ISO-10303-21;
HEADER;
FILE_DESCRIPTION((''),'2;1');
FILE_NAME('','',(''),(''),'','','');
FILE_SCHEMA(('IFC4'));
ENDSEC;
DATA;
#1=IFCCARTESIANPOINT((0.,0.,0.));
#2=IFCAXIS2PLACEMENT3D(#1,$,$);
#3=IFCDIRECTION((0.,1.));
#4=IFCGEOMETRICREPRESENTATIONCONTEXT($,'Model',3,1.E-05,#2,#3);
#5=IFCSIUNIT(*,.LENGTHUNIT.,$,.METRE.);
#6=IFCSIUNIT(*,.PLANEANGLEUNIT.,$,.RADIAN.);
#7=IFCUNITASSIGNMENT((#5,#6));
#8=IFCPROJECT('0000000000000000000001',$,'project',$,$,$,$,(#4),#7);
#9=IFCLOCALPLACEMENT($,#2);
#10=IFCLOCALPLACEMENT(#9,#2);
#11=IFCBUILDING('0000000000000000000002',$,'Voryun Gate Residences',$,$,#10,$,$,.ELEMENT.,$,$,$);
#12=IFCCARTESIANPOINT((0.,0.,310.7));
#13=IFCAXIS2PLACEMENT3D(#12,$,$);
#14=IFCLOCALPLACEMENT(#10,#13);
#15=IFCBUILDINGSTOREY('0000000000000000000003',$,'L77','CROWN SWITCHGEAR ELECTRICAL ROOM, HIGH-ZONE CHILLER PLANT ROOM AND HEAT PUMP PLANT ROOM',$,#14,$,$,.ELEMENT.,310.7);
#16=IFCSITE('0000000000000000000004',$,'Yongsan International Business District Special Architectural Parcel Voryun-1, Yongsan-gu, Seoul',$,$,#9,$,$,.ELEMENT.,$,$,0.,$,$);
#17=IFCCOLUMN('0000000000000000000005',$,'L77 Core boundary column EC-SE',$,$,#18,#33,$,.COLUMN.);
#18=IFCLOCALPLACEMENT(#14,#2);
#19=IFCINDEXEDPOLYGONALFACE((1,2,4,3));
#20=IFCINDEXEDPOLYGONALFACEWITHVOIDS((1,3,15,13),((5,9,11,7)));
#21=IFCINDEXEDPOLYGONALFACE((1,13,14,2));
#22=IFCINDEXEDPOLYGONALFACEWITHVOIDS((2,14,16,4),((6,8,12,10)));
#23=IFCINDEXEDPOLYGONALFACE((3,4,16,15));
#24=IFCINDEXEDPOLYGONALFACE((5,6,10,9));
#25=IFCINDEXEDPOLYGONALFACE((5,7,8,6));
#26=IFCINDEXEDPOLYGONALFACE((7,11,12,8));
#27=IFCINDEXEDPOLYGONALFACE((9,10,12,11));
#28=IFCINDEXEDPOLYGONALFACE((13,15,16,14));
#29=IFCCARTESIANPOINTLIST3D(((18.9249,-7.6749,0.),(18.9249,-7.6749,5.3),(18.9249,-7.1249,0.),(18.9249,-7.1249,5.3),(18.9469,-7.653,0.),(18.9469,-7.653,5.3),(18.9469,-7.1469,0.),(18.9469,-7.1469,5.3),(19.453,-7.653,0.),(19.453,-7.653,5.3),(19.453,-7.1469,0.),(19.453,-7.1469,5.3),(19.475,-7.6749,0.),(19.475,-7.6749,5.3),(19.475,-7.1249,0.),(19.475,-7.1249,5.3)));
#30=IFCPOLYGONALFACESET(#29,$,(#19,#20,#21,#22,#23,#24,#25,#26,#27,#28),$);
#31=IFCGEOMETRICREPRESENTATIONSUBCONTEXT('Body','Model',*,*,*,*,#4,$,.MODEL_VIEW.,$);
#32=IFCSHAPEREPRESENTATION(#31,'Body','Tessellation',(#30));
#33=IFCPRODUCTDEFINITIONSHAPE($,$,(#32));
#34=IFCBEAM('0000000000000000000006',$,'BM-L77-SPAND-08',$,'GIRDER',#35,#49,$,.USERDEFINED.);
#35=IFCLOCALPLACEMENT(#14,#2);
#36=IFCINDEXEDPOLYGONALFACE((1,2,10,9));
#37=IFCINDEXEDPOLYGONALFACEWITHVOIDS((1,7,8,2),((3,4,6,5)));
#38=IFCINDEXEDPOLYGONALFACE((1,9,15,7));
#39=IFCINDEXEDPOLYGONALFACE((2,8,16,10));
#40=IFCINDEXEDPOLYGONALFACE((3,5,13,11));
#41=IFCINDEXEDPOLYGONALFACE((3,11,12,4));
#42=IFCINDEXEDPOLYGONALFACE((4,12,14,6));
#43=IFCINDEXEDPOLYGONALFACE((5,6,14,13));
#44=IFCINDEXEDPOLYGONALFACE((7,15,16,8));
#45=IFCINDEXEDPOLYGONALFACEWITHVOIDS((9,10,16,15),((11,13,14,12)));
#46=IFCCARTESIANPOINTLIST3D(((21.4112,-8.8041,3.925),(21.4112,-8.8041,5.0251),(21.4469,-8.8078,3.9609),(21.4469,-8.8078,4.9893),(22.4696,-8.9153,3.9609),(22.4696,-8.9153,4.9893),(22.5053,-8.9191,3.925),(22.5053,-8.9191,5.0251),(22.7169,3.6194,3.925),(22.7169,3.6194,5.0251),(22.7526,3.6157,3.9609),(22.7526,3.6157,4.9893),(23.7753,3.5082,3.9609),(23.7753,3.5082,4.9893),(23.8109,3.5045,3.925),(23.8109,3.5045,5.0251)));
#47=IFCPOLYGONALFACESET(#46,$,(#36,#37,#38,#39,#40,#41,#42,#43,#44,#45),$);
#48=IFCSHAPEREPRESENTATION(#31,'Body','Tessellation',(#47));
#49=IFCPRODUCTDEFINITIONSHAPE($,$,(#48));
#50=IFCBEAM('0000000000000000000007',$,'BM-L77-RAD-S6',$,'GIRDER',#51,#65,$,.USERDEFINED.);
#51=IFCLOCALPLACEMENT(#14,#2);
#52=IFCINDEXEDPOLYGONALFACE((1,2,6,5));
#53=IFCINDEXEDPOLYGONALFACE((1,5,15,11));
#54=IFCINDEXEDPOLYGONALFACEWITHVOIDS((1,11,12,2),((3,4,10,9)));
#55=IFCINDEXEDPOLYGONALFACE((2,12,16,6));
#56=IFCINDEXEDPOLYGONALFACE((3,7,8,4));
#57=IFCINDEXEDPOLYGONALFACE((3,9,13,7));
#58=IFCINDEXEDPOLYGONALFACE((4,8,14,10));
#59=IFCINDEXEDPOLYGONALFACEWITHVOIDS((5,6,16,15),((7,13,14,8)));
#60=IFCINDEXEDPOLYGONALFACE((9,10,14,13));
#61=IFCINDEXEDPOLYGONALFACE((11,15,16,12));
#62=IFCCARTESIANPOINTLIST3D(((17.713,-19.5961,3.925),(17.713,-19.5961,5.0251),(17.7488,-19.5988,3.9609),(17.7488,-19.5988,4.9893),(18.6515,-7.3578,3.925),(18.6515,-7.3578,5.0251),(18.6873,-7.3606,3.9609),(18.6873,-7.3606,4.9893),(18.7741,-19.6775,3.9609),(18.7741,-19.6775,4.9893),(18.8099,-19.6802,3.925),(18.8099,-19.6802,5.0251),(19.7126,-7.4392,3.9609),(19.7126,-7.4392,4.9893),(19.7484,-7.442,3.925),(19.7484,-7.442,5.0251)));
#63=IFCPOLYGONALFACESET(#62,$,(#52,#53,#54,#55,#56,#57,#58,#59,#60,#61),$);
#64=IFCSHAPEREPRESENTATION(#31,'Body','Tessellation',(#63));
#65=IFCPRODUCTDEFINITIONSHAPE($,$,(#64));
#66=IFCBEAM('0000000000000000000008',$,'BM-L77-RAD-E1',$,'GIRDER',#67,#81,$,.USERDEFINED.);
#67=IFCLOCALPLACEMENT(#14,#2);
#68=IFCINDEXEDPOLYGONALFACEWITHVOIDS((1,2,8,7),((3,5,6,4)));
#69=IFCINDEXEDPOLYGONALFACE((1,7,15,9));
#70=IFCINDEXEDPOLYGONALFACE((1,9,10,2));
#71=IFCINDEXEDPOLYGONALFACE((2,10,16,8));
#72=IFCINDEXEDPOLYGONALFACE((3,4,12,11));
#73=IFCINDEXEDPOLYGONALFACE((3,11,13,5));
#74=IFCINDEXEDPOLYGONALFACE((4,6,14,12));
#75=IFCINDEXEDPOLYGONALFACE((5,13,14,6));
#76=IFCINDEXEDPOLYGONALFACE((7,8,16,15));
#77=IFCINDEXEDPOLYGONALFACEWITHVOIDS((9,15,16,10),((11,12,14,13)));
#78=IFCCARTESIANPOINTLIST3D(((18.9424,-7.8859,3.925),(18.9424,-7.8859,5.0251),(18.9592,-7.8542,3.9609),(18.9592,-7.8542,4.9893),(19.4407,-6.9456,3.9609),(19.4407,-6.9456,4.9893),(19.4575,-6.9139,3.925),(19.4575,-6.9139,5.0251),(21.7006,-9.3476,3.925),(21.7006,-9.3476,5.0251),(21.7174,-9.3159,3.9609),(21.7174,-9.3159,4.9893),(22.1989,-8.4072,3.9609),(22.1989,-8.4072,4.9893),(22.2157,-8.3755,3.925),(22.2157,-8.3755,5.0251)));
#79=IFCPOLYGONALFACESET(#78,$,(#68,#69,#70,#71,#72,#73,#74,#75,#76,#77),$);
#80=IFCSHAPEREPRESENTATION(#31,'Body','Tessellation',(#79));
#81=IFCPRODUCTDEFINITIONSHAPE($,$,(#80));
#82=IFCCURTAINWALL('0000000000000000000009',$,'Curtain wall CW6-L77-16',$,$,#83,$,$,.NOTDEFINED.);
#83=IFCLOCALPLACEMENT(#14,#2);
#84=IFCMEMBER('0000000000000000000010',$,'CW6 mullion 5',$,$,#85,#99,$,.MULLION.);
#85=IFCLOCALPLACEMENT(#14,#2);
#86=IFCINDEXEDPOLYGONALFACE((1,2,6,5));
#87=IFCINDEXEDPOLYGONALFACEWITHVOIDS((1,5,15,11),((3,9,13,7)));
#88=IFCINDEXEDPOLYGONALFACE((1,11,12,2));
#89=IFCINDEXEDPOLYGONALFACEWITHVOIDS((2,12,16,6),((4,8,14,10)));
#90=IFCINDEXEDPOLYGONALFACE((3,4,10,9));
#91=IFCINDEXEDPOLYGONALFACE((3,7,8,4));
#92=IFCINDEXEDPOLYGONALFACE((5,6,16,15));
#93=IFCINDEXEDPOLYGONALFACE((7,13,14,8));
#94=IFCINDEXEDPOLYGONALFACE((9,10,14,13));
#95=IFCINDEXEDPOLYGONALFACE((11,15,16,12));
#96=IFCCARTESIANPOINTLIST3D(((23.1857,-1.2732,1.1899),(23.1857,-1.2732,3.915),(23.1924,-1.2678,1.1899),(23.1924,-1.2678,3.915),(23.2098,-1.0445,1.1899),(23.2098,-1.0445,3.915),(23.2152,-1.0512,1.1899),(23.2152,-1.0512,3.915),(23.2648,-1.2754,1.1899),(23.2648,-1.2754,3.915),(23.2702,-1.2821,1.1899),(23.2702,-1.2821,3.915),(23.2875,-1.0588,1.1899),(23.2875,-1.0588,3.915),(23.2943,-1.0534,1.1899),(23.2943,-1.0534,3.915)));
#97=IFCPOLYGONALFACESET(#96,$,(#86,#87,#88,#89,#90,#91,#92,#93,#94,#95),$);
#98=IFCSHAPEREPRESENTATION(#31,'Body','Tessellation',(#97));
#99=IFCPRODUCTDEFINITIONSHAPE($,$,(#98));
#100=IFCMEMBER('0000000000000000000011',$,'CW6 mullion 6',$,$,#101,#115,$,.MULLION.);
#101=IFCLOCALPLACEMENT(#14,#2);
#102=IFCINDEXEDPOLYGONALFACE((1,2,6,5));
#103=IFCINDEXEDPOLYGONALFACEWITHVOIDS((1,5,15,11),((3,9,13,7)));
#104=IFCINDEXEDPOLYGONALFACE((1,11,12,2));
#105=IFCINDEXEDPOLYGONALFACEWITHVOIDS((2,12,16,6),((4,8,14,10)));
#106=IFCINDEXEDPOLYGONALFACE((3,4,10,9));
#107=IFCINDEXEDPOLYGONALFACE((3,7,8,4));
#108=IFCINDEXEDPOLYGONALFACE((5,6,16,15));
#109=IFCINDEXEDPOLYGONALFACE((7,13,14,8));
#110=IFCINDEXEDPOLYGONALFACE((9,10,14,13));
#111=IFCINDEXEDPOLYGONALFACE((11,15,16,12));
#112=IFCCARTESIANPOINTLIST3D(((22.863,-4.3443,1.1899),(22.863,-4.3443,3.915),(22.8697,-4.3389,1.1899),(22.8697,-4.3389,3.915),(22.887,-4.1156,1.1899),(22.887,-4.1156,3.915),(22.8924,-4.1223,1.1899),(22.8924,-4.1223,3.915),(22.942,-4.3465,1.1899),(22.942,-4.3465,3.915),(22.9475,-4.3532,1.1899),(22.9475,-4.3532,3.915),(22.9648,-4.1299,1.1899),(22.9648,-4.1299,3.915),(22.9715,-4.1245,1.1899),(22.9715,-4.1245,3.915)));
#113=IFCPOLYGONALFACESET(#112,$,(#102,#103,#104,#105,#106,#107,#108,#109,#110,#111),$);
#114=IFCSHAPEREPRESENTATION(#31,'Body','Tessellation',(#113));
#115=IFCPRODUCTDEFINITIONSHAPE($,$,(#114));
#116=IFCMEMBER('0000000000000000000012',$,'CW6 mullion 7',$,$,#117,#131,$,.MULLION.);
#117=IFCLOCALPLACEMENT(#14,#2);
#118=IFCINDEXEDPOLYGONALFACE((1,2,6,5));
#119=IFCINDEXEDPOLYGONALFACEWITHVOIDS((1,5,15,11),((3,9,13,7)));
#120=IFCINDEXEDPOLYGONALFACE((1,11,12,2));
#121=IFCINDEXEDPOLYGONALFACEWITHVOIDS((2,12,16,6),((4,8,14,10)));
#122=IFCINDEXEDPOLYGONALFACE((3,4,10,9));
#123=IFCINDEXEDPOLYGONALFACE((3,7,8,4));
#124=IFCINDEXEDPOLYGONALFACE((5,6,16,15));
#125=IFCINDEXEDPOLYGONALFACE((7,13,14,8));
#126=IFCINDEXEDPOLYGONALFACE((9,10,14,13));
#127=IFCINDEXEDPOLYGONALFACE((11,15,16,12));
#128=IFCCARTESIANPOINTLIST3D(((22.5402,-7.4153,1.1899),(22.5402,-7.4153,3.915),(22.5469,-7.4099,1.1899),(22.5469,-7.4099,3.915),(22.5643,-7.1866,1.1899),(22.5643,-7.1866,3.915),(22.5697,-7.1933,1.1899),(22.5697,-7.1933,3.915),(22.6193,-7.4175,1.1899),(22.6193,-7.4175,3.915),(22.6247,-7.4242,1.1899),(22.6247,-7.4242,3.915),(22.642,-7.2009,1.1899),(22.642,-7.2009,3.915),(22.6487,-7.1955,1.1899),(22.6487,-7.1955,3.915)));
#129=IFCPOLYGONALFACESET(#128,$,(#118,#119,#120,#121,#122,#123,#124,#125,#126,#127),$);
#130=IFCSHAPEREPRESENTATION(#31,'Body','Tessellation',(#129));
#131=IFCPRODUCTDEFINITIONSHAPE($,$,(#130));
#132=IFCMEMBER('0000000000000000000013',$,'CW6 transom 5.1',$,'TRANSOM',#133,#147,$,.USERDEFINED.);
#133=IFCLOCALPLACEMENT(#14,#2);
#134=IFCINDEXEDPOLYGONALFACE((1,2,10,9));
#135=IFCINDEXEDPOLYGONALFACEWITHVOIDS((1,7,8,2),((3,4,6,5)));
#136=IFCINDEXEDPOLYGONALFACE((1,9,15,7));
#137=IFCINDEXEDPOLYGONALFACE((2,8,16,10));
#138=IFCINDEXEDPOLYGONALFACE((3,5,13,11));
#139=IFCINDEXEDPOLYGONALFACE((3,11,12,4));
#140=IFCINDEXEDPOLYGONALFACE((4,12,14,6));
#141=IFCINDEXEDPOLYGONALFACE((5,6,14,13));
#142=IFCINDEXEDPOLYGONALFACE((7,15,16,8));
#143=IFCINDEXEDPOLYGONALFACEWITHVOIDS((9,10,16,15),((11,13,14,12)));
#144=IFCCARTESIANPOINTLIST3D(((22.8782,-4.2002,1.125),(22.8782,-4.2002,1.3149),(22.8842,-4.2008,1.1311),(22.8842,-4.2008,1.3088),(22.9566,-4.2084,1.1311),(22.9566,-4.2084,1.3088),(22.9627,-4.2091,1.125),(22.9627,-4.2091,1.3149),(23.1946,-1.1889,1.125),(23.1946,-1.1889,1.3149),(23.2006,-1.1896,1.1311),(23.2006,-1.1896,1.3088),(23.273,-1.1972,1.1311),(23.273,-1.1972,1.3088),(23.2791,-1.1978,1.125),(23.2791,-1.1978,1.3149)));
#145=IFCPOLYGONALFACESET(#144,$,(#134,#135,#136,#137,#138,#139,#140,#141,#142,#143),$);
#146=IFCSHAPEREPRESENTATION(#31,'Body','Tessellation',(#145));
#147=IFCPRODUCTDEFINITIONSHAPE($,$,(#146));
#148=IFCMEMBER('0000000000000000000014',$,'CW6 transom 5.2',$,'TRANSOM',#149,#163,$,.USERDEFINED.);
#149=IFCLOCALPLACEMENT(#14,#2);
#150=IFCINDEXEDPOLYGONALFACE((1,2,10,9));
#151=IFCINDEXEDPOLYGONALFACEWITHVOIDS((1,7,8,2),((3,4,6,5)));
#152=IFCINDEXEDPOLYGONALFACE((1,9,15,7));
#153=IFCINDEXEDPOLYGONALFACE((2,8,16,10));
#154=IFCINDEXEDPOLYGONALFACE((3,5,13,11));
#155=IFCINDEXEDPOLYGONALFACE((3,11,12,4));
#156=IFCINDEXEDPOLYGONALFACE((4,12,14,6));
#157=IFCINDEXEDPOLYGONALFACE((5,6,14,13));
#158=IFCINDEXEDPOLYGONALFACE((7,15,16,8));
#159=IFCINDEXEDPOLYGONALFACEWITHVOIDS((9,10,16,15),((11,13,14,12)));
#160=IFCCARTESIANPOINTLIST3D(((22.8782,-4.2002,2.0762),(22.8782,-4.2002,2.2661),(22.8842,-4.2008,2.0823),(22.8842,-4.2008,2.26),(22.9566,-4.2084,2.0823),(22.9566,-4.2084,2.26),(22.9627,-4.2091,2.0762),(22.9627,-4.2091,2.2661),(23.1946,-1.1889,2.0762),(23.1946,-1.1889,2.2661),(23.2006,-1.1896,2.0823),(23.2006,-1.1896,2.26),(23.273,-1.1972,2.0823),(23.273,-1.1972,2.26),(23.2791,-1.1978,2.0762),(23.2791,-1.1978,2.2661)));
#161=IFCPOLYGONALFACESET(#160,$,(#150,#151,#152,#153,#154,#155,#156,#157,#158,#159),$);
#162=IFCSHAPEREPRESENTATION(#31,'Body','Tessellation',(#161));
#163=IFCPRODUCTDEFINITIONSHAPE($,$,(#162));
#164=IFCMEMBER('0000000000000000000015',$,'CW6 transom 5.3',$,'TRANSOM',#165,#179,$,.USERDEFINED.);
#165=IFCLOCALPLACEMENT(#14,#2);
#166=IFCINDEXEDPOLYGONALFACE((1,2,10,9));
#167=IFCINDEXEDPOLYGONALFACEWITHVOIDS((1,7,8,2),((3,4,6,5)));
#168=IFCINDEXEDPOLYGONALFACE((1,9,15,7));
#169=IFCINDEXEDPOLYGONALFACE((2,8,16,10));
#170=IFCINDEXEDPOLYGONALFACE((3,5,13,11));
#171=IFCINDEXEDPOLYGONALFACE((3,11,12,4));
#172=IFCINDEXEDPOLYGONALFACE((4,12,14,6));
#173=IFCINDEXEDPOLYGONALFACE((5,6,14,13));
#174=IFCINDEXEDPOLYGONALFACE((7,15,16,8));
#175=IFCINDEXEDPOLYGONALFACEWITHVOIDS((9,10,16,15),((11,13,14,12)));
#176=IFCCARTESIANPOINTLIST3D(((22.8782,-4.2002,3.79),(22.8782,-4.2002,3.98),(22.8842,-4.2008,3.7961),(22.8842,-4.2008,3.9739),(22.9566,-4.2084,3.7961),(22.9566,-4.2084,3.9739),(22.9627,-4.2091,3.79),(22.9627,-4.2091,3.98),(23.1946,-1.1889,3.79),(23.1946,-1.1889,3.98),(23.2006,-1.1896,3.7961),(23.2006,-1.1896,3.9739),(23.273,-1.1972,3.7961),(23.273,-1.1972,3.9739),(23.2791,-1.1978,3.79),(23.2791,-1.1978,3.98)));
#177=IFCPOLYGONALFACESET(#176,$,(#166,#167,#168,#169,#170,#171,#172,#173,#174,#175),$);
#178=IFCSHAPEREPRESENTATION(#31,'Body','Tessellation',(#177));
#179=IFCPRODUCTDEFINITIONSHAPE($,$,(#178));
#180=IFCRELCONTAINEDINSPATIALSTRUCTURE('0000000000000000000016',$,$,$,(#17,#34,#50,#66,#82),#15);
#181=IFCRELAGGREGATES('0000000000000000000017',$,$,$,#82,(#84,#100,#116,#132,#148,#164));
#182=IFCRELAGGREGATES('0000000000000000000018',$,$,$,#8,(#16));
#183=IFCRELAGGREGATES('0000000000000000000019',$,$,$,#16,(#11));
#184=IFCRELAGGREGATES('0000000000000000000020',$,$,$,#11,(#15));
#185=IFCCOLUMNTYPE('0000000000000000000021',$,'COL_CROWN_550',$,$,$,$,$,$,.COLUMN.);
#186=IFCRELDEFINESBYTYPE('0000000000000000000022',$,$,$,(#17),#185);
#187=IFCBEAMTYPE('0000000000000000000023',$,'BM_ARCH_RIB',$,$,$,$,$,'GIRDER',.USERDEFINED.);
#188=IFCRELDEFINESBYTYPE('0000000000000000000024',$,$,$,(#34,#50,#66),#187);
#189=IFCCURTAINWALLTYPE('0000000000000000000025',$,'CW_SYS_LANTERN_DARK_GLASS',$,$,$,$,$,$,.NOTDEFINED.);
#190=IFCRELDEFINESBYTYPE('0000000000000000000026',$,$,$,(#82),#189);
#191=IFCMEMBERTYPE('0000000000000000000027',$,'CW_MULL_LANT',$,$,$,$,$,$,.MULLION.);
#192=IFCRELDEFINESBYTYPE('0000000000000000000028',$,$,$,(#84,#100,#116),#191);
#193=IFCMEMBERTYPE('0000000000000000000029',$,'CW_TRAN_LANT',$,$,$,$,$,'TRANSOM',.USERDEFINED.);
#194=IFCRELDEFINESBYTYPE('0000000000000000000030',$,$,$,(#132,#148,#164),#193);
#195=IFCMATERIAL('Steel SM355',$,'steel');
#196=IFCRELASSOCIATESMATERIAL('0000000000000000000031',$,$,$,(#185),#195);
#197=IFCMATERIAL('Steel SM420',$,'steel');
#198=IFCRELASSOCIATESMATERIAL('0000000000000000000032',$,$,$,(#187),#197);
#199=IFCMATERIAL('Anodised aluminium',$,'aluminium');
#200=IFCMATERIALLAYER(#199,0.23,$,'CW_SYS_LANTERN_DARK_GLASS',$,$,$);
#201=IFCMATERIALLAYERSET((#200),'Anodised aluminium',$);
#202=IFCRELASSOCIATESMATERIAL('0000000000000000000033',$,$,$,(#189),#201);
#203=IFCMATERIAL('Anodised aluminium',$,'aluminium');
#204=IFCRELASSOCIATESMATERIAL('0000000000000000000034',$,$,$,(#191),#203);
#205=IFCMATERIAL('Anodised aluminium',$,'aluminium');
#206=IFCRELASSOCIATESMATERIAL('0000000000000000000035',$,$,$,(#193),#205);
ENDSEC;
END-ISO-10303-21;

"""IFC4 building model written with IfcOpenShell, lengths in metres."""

from ifc_helpers import new_model, si_unit, direction, frame, origin, origin_2d, place, context, subcontext, project, spatial, hollow_rectangle, extrude, material, layer, layer_set, material_profile, profile_set, type_object, element, aggregate, save


model = new_model("IFC4")

# Units and contexts
model_context = context("Model", 3, precision=1e-05, world=origin(), true_north=direction((0.0, 1.0)))
body_context = subcontext(model_context, "Body", "Model", "MODEL_VIEW")
ifc_project = project(units=[si_unit("LENGTHUNIT", "METRE"), si_unit("PLANEANGLEUNIT", "RADIAN")], contexts=[model_context])

# Site, building, storey
site_placement = place(None, origin())
site = spatial("IfcSite", under=ifc_project, at=site_placement, Name="Yongsan International Business District Special Architectural Parcel Voryun-1, Yongsan-gu, Seoul", CompositionType="ELEMENT", RefElevation=0.0)
building_placement = place(site_placement, origin())
building = spatial("IfcBuilding", under=site, at=building_placement, Name="Voryun Gate Residences", CompositionType="ELEMENT")
storey_placement = place(building_placement, frame((0.0, 0.0, 310.7)))
storey = spatial("IfcBuildingStorey", under=building, at=storey_placement, Name="L77", Description="CROWN SWITCHGEAR ELECTRICAL ROOM, HIGH-ZONE CHILLER PLANT ROOM AND HEAT PUMP PLANT ROOM", CompositionType="ELEMENT", Elevation=310.7)

# Column
ifc_material_1 = material(Name="Steel SM355", Category="steel")
ifc_material_profile_1 = material_profile(ifc_material_1, hollow_rectangle(XDim=0.55, YDim=0.55, WallThickness=0.022, at=origin_2d()), Name="BOX-550x550x22")
ifc_profile_set_1 = profile_set([ifc_material_profile_1], Name="Steel SM355")
column_type = type_object("IfcColumnType", Name="COL_CROWN_550", PredefinedType="COLUMN", material=ifc_profile_set_1)
column_placement = place(storey_placement, frame((19.2, -7.3999, 0.0), z_axis=(0.0, 0.0, 1.0), x_axis=(1.0, 0.0, 0.0)))
element("IfcColumn", 1, at=column_placement, inside=storey, type_object=column_type, Name="L77 Core boundary column EC-SE", PredefinedType="COLUMN", context=body_context, shape_type="SweptSolid", body=[
    extrude(hollow_rectangle(XDim=0.55, YDim=0.55, WallThickness=0.022, at=origin_2d()), origin(), (0.0, 0.0, 1.0), 5.3),
])

# Beams
ifc_material_2 = material(Name="Steel SM420", Category="steel")
ifc_material_profile_2 = material_profile(ifc_material_2, hollow_rectangle(XDim=1.1001, YDim=1.1001, WallThickness=0.0359, at=origin_2d()), Name="BOX-1100x1100x36")
ifc_profile_set_2 = profile_set([ifc_material_profile_2], Name="Steel SM420")
beam_type = type_object("IfcBeamType", Name="BM_ARCH_RIB", ElementType="GIRDER", PredefinedType="USERDEFINED", material=ifc_profile_set_2)
beam_1_placement = place(storey_placement, frame((21.9583, -8.8616, 4.4751), z_axis=(0.10452, 0.994523, 0.0), x_axis=(-0.994523, 0.10452, 0.0)))
element("IfcBeam", 2, at=beam_1_placement, inside=storey, type_object=beam_type, Name="BM-L77-SPAND-08", ObjectType="GIRDER", PredefinedType="USERDEFINED", context=body_context, shape_type="SweptSolid", body=[
    extrude(hollow_rectangle(XDim=1.1001, YDim=1.1001, WallThickness=0.0359, at=origin_2d()), origin(), (0.0, 0.0, 1.0), 12.4919),
])
beam_2_placement = place(storey_placement, frame((19.2, -7.3999, 4.4751), z_axis=(-0.076459, -0.997073, 0.0), x_axis=(0.997073, -0.076459, 0.0)))
element("IfcBeam", 3, at=beam_2_placement, inside=storey, type_object=beam_type, Name="BM-L77-RAD-S6", ObjectType="GIRDER", PredefinedType="USERDEFINED", context=body_context, shape_type="SweptSolid", body=[
    extrude(hollow_rectangle(XDim=1.1001, YDim=1.1001, WallThickness=0.0359, at=origin_2d()), origin(), (0.0, 0.0, 1.0), 12.2742),
])
beam_3_placement = place(storey_placement, frame((19.2, -7.3999, 4.4751), z_axis=(0.883603, -0.468236, 0.0), x_axis=(0.468236, 0.883603, 0.0)))
element("IfcBeam", 4, at=beam_3_placement, inside=storey, type_object=beam_type, Name="BM-L77-RAD-E1", ObjectType="GIRDER", PredefinedType="USERDEFINED", context=body_context, shape_type="SweptSolid", body=[
    extrude(hollow_rectangle(XDim=1.1001, YDim=1.1001, WallThickness=0.0359, at=origin_2d()), origin(), (0.0, 0.0, 1.0), 3.1216),
])

# Curtain wall, members
ifc_material_3 = material(Name="Anodised aluminium", Category="aluminium")
ifc_layer_1 = layer(ifc_material_3, 0.23, Name="CW_SYS_LANTERN_DARK_GLASS")
ifc_layer_set_1 = layer_set([ifc_layer_1], Name="Anodised aluminium")
curtain_wall_type = type_object("IfcCurtainWallType", Name="CW_SYS_LANTERN_DARK_GLASS", PredefinedType="NOTDEFINED", material=ifc_layer_set_1)
curtain_wall_placement = place(storey_placement, origin())
curtain_wall = element("IfcCurtainWall", 5, at=curtain_wall_placement, inside=storey, type_object=curtain_wall_type, Name="Curtain wall CW6-L77-16", PredefinedType="NOTDEFINED")
ifc_material_4 = material(Name="Anodised aluminium", Category="aluminium")
ifc_material_profile_3 = material_profile(ifc_material_4, hollow_rectangle(XDim=0.085, YDim=0.23, WallThickness=0.0061, at=origin_2d()), Name="ALU-MULL-230x85x6")
ifc_profile_set_3 = profile_set([ifc_material_profile_3], Name="Anodised aluminium")
member_type_1 = type_object("IfcMemberType", Name="CW_MULL_LANT", PredefinedType="MULLION", material=ifc_profile_set_3)
member_1_placement = place(storey_placement, frame((23.24, -1.1633, 1.1899), z_axis=(0.0, 0.0, 1.0), x_axis=(0.994522, -0.104528, 0.0)))
member_1 = element("IfcMember", 6, at=member_1_placement, type_object=member_type_1, Name="CW6 mullion 5", PredefinedType="MULLION", context=body_context, shape_type="SweptSolid", body=[
    extrude(hollow_rectangle(XDim=0.085, YDim=0.23, WallThickness=0.0061, at=origin_2d()), origin(), (0.0, 0.0, 1.0), 2.7251),
])
member_2_placement = place(storey_placement, frame((22.9172, -4.2344, 1.1899), z_axis=(0.0, 0.0, 1.0), x_axis=(0.994522, -0.104528, 0.0)))
member_2 = element("IfcMember", 7, at=member_2_placement, type_object=member_type_1, Name="CW6 mullion 6", PredefinedType="MULLION", context=body_context, shape_type="SweptSolid", body=[
    extrude(hollow_rectangle(XDim=0.085, YDim=0.23, WallThickness=0.0061, at=origin_2d()), origin(), (0.0, 0.0, 1.0), 2.7251),
])
member_3_placement = place(storey_placement, frame((22.5945, -7.3054, 1.1899), z_axis=(0.0, 0.0, 1.0), x_axis=(0.994522, -0.104528, 0.0)))
member_3 = element("IfcMember", 8, at=member_3_placement, type_object=member_type_1, Name="CW6 mullion 7", PredefinedType="MULLION", context=body_context, shape_type="SweptSolid", body=[
    extrude(hollow_rectangle(XDim=0.085, YDim=0.23, WallThickness=0.0061, at=origin_2d()), origin(), (0.0, 0.0, 1.0), 2.7251),
])
ifc_material_5 = material(Name="Anodised aluminium", Category="aluminium")
ifc_material_profile_4 = material_profile(ifc_material_5, hollow_rectangle(XDim=0.085, YDim=0.1899, WallThickness=0.0061, at=origin_2d()), Name="ALU-TRAN-190x85x6")
ifc_profile_set_4 = profile_set([ifc_material_profile_4], Name="Anodised aluminium")
member_type_2 = type_object("IfcMemberType", Name="CW_TRAN_LANT", ElementType="TRANSOM", PredefinedType="USERDEFINED", material=ifc_profile_set_4)
member_4_placement = place(storey_placement, frame((23.2368, -1.1934, 1.22), z_axis=(-0.1045, -0.994525, 0.0), x_axis=(0.994525, -0.1045, 0.0)))
member_4 = element("IfcMember", 9, at=member_4_placement, type_object=member_type_2, Name="CW6 transom 5.1", ObjectType="TRANSOM", PredefinedType="USERDEFINED", context=body_context, shape_type="SweptSolid", body=[
    extrude(hollow_rectangle(XDim=0.085, YDim=0.1899, WallThickness=0.0061, at=origin_2d()), origin(), (0.0, 0.0, 1.0), 3.0278),
])
member_5_placement = place(storey_placement, frame((23.2368, -1.1934, 2.1711), z_axis=(-0.1045, -0.994525, 0.0), x_axis=(0.994525, -0.1045, 0.0)))
member_5 = element("IfcMember", 10, at=member_5_placement, type_object=member_type_2, Name="CW6 transom 5.2", ObjectType="TRANSOM", PredefinedType="USERDEFINED", context=body_context, shape_type="SweptSolid", body=[
    extrude(hollow_rectangle(XDim=0.085, YDim=0.1899, WallThickness=0.0061, at=origin_2d()), origin(), (0.0, 0.0, 1.0), 3.0278),
])
member_6_placement = place(storey_placement, frame((23.2368, -1.1934, 3.885), z_axis=(-0.1045, -0.994525, 0.0), x_axis=(0.994525, -0.1045, 0.0)))
member_6 = element("IfcMember", 11, at=member_6_placement, type_object=member_type_2, Name="CW6 transom 5.3", ObjectType="TRANSOM", PredefinedType="USERDEFINED", context=body_context, shape_type="SweptSolid", body=[
    extrude(hollow_rectangle(XDim=0.085, YDim=0.1899, WallThickness=0.0061, at=origin_2d()), origin(), (0.0, 0.0, 1.0), 3.0278),
])

aggregate(curtain_wall, [member_1, member_2, member_3, member_4, member_5, member_6])

save(model, "model.ifc")
